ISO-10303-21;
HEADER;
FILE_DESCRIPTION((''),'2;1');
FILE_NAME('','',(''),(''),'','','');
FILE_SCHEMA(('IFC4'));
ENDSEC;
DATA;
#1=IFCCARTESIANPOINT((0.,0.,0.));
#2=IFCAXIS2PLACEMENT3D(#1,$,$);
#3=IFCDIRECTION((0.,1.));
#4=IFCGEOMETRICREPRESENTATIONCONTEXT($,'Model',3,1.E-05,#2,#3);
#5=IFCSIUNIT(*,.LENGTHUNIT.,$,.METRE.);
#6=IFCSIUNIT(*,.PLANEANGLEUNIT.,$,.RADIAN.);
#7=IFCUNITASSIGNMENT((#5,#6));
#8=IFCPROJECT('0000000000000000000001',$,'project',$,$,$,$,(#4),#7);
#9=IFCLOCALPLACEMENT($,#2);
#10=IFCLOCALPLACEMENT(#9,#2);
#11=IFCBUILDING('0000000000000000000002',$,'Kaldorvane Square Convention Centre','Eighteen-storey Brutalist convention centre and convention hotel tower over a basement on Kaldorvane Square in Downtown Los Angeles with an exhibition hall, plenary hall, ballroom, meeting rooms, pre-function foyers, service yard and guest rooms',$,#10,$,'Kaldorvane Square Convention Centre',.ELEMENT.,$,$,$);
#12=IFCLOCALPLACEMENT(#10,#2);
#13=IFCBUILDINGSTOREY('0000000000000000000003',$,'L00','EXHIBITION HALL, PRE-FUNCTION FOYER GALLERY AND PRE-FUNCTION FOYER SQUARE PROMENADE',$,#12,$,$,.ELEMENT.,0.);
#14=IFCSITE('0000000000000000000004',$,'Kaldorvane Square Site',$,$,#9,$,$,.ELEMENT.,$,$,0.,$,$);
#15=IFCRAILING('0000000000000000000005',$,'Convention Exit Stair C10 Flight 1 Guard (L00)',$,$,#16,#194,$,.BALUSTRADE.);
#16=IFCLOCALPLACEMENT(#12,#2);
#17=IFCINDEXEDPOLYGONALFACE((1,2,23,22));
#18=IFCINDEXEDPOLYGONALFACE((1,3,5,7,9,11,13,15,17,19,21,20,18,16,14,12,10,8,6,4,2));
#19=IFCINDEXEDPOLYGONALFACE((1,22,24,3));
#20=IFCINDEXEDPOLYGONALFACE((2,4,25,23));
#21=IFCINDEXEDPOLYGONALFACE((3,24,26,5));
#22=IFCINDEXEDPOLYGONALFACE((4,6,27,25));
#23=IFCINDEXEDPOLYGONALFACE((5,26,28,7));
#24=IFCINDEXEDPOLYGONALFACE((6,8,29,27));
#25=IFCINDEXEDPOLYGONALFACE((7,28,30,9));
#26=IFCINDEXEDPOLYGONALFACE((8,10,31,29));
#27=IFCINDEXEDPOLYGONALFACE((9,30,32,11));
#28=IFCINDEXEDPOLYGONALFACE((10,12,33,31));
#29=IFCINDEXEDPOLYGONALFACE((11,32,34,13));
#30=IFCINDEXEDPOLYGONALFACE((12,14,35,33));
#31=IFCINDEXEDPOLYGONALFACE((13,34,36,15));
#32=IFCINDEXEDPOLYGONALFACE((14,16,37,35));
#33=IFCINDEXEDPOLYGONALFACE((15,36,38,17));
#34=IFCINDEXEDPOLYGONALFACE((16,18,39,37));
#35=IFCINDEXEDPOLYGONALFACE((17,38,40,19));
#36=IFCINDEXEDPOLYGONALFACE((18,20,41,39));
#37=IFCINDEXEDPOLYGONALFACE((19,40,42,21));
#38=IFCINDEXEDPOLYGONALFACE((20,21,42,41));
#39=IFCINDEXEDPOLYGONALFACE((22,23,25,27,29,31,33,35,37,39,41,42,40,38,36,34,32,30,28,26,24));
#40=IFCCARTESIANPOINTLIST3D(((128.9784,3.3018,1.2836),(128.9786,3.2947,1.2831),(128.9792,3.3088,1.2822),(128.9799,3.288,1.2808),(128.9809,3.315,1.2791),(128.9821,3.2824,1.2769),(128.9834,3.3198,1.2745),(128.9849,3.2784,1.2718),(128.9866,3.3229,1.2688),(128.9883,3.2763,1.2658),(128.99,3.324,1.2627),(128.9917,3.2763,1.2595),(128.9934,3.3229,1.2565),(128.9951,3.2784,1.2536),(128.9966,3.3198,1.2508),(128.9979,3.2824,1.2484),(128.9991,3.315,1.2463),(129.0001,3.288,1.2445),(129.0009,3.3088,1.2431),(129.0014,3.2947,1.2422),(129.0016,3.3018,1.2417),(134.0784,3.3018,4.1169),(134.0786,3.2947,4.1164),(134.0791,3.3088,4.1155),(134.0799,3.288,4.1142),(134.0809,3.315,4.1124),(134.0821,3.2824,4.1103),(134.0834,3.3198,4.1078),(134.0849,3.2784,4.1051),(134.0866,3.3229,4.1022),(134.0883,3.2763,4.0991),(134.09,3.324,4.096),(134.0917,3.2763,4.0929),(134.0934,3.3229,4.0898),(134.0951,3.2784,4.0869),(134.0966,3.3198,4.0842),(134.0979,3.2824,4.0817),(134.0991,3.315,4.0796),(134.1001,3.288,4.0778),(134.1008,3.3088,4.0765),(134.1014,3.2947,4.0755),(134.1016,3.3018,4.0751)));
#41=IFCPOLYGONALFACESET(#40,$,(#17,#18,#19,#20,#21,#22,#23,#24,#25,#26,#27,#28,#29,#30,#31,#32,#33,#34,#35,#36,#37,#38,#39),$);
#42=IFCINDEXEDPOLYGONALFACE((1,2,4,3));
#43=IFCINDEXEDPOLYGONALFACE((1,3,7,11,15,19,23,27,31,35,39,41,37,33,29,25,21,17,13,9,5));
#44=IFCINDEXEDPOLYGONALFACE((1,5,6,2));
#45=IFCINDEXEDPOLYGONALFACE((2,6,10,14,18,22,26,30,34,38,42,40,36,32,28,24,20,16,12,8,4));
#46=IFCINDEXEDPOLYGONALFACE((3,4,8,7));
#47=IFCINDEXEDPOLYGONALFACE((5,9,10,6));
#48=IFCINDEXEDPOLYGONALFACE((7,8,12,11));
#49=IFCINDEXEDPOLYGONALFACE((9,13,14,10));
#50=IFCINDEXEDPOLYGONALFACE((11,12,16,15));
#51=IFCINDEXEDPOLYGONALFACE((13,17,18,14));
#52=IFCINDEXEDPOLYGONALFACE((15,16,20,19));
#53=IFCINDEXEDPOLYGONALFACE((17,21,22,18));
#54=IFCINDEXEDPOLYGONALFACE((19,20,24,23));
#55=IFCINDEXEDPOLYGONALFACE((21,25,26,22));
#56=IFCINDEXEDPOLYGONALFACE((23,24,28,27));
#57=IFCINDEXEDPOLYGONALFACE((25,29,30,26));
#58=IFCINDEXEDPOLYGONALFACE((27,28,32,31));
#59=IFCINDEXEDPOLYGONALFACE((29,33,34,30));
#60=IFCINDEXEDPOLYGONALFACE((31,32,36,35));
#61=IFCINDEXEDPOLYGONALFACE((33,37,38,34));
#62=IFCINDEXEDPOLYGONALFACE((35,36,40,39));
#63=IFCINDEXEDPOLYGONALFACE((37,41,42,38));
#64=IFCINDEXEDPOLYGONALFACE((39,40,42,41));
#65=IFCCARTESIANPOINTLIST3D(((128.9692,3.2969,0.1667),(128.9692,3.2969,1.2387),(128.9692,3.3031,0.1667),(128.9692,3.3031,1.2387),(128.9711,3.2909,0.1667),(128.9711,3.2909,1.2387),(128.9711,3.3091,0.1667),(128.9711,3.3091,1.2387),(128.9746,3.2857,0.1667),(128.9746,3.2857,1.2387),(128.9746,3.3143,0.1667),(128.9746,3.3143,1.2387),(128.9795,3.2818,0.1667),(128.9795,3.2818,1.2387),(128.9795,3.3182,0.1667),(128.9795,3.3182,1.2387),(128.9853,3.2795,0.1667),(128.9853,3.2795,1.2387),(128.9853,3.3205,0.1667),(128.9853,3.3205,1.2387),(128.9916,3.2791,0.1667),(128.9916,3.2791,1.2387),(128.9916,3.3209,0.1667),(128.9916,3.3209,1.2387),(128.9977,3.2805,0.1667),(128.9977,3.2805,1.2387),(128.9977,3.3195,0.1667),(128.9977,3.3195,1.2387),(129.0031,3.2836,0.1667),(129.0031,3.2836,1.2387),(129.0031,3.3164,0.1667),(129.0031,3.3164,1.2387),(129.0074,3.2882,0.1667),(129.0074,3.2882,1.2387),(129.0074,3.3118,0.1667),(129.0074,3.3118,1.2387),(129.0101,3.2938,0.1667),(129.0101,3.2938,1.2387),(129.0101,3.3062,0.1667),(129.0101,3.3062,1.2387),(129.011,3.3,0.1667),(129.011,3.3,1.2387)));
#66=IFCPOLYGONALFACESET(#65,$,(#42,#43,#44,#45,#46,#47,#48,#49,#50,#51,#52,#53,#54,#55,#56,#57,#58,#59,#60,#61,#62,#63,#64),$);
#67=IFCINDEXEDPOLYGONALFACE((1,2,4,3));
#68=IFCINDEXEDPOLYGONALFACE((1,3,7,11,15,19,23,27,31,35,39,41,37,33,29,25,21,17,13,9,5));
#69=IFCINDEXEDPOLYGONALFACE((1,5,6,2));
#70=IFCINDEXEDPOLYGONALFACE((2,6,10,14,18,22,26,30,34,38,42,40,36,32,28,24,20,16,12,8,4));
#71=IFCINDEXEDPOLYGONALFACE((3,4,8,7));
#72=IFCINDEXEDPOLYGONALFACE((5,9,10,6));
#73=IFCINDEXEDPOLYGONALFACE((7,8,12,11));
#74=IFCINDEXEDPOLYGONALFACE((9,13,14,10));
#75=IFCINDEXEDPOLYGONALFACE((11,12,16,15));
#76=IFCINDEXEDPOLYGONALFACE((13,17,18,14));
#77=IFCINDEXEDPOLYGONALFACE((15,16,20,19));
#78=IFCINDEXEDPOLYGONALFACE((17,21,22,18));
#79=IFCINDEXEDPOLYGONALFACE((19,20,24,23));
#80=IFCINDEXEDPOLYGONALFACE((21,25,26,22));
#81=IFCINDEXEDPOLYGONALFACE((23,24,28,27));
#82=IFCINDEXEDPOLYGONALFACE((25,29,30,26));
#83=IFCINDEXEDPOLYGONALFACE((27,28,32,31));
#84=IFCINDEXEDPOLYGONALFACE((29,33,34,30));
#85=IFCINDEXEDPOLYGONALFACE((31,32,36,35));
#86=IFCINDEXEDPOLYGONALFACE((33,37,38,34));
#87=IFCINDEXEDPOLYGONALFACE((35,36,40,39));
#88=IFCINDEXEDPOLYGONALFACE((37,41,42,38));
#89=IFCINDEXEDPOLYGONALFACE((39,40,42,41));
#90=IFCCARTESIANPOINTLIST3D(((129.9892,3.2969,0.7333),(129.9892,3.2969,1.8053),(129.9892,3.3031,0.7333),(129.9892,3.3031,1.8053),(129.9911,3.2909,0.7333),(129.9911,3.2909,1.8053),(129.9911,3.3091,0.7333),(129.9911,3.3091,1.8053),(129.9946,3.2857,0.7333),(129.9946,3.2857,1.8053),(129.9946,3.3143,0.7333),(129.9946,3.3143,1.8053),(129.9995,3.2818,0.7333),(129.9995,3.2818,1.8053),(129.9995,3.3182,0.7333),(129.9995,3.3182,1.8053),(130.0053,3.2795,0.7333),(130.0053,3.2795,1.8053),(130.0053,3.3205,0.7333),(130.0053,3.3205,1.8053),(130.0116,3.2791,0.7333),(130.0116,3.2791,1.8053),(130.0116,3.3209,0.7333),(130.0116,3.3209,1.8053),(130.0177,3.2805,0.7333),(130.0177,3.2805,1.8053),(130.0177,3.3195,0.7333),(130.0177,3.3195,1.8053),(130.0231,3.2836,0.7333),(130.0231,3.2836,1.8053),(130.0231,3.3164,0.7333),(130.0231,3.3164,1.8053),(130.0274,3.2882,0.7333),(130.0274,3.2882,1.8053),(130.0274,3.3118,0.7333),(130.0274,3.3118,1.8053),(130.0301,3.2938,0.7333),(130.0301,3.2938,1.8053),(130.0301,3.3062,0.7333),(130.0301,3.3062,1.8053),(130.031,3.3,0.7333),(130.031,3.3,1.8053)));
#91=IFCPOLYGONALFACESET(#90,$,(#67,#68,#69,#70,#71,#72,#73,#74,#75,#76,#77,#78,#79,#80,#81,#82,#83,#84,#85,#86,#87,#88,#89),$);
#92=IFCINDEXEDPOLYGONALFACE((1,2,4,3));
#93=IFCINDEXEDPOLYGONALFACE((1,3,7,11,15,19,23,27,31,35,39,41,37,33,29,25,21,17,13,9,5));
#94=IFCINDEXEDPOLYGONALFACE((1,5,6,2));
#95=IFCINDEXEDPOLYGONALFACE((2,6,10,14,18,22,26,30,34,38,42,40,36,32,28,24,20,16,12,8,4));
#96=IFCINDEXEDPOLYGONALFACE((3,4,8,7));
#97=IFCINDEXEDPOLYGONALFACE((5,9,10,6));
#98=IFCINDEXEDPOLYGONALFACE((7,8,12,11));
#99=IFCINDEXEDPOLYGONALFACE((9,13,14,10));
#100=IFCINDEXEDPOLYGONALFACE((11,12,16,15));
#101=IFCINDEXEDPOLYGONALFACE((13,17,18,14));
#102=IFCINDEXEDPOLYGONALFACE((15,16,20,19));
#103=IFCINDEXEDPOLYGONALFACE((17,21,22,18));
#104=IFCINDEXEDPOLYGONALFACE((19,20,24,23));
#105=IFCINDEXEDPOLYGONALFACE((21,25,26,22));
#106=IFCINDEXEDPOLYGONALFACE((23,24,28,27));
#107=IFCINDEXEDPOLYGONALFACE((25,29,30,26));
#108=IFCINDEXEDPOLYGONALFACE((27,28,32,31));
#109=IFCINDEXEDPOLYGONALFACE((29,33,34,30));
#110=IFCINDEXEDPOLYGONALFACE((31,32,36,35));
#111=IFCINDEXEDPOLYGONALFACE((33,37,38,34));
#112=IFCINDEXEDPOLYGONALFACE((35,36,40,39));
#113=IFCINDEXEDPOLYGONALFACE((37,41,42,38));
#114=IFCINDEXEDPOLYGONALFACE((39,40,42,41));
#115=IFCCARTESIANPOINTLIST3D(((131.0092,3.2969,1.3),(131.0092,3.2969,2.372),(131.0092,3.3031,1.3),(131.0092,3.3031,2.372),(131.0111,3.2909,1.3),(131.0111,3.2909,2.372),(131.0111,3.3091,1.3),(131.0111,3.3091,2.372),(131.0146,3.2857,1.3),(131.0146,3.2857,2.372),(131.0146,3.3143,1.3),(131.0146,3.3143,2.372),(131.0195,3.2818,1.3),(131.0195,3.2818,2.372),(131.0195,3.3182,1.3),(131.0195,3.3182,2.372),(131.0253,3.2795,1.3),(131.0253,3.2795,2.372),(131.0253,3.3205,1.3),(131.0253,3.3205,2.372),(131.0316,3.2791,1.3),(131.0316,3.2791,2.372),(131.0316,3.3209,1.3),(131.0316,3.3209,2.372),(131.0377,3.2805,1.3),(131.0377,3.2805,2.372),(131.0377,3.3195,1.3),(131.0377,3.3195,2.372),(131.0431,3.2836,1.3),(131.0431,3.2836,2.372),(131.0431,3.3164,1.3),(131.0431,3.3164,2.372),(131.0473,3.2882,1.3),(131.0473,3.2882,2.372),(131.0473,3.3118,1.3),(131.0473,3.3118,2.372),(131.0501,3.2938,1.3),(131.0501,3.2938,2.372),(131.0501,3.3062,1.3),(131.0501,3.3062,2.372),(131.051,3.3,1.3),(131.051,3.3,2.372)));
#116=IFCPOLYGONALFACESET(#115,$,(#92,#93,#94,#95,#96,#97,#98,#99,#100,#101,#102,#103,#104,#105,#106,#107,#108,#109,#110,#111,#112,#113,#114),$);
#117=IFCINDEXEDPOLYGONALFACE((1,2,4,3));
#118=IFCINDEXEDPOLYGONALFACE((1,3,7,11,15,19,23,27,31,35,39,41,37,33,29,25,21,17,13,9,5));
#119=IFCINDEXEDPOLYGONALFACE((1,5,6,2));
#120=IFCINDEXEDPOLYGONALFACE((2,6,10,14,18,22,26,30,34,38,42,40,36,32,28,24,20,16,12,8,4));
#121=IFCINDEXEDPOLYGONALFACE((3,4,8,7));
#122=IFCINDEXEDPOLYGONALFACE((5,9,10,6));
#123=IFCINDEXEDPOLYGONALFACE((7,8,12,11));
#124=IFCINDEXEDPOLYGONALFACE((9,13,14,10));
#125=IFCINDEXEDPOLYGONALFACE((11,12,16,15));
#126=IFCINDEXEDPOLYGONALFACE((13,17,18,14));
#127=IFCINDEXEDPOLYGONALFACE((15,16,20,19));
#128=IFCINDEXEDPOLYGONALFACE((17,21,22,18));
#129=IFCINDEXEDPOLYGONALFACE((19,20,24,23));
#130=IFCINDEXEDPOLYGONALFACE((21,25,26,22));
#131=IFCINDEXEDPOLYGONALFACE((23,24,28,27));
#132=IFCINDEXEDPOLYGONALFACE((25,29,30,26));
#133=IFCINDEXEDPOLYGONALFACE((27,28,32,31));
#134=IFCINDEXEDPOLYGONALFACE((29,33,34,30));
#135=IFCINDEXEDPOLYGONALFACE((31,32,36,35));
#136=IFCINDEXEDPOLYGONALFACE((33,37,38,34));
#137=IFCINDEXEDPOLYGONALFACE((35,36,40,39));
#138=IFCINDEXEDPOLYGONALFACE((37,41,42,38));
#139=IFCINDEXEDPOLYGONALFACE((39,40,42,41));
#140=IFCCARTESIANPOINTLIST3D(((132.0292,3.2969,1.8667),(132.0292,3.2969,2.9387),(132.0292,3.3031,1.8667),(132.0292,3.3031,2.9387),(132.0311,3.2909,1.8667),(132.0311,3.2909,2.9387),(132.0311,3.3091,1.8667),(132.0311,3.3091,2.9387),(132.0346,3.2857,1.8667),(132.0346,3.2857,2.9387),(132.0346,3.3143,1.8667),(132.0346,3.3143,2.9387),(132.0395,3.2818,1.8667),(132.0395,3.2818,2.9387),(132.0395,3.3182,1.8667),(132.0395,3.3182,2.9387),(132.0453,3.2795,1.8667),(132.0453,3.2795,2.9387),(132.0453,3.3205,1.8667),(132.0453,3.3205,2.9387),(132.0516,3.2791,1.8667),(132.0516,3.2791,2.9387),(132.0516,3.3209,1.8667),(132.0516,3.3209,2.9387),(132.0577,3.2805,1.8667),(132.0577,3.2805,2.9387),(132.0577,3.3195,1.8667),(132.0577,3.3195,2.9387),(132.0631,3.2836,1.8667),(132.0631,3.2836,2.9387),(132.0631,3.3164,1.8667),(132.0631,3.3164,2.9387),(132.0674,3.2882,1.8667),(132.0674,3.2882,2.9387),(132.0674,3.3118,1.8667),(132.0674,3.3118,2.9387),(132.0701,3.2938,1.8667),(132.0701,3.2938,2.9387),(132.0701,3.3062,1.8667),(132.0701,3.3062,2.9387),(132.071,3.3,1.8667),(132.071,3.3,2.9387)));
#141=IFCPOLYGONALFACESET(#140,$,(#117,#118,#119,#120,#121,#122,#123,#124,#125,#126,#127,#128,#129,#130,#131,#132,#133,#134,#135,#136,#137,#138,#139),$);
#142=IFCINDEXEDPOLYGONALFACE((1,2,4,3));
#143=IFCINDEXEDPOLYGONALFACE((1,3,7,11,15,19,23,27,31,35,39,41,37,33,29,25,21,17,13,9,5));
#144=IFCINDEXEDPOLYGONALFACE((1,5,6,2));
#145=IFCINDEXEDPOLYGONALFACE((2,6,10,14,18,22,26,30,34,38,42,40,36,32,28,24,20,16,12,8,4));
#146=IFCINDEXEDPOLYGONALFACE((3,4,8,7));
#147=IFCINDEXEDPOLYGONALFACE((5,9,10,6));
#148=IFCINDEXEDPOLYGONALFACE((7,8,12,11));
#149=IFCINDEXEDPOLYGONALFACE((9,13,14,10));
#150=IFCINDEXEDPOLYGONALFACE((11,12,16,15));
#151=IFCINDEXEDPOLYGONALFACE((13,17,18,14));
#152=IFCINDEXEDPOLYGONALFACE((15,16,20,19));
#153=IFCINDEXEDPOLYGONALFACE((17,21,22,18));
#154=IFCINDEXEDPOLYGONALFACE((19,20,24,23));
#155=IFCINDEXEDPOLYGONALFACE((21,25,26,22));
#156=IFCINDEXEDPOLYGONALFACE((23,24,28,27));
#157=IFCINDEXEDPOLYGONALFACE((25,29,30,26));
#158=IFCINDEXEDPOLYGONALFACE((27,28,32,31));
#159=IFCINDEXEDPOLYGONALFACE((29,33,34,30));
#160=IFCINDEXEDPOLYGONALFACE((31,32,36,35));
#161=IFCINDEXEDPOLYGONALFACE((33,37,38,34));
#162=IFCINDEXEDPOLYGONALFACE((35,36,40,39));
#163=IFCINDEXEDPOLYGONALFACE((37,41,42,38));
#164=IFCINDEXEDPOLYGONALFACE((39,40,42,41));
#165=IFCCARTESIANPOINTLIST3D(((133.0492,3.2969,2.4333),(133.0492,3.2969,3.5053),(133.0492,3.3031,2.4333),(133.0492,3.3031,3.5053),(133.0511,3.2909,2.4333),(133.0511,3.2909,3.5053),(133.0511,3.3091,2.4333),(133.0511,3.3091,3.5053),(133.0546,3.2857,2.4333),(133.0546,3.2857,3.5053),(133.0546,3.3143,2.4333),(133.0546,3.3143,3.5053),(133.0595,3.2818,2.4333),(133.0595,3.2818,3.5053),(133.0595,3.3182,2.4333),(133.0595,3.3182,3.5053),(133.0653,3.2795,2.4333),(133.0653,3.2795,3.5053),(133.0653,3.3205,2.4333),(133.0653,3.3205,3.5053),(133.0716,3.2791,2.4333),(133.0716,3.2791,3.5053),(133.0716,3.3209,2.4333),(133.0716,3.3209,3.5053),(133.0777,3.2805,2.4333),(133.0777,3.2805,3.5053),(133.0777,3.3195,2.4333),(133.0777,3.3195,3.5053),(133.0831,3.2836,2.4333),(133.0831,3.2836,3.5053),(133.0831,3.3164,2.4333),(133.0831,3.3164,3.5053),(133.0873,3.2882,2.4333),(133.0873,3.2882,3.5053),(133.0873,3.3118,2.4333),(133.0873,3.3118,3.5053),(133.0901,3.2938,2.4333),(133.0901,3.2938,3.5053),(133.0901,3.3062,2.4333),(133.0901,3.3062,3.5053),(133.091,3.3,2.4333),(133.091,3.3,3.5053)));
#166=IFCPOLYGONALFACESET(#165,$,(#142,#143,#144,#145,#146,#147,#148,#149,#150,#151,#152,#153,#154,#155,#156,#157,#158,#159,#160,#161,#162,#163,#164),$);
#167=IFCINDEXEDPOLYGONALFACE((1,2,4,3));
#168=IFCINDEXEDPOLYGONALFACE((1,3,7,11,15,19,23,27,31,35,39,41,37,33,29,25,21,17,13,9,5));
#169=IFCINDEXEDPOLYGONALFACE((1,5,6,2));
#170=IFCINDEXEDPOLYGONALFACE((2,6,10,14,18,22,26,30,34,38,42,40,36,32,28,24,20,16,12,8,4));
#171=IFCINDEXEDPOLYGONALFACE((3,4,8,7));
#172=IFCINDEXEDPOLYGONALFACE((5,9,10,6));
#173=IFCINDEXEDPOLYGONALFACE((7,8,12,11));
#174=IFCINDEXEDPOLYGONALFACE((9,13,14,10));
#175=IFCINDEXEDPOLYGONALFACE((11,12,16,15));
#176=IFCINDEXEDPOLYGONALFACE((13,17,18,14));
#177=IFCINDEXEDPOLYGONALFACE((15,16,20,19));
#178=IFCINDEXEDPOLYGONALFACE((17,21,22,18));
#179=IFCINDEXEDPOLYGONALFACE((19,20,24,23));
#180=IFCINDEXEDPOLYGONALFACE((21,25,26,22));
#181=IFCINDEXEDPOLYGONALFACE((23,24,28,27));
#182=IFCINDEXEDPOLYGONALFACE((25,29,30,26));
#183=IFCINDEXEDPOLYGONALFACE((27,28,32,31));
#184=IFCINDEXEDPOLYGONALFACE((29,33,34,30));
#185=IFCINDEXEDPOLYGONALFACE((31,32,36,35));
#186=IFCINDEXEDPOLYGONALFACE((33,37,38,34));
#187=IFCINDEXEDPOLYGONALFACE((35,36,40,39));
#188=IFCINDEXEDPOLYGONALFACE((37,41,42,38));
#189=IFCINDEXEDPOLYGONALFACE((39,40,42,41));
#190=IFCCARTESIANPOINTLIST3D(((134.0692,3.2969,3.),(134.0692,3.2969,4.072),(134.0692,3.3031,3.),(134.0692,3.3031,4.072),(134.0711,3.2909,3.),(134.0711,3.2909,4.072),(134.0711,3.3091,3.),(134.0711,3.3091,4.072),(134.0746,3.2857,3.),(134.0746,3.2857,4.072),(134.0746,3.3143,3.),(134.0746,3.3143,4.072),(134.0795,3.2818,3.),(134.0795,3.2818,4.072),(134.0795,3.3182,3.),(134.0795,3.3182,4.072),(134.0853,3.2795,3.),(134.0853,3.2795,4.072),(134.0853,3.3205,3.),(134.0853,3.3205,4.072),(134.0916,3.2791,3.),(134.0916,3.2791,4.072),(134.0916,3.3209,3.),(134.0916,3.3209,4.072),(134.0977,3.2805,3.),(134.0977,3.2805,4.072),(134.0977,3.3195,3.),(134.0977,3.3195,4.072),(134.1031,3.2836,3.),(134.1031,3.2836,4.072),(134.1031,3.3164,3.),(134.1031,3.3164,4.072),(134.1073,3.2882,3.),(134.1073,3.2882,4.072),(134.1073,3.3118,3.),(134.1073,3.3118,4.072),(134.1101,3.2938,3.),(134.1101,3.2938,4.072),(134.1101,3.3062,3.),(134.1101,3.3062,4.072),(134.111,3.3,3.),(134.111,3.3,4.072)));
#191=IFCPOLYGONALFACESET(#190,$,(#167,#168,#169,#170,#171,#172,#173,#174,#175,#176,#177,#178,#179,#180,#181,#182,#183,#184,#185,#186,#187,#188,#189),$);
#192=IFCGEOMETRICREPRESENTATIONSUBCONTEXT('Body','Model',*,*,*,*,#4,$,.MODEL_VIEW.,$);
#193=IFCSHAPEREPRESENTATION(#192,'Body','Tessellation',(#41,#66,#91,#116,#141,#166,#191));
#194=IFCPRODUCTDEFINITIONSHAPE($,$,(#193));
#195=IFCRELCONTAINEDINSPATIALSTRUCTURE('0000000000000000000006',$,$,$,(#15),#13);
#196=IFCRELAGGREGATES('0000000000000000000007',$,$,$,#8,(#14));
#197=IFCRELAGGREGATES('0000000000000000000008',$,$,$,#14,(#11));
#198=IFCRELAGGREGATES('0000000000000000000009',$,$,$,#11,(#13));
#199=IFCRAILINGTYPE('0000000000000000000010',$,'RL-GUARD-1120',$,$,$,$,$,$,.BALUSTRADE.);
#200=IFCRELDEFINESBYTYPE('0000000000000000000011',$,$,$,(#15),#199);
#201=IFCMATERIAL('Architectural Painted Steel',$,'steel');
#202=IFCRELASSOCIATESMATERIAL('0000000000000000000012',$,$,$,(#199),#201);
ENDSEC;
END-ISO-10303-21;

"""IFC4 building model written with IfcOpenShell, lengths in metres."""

from ifc_helpers import new_model, si_unit, direction, frame, origin, origin_2d, place, context, subcontext, project, spatial, circle, extrude, material, type_object, element, save


model = new_model("IFC4")

# Units and contexts
model_context = context("Model", 3, precision=1e-05, world=origin(), true_north=direction((0.0, 1.0)))
body_context = subcontext(model_context, "Body", "Model", "MODEL_VIEW")
ifc_project = project(units=[si_unit("LENGTHUNIT", "METRE"), si_unit("PLANEANGLEUNIT", "RADIAN")], contexts=[model_context])

# Site, building, storey
site_placement = place(None, origin())
site = spatial("IfcSite", under=ifc_project, at=site_placement, Name="Kaldorvane Square Site", CompositionType="ELEMENT", RefElevation=0.0)
building_placement = place(site_placement, origin())
building = spatial("IfcBuilding", under=site, at=building_placement, Name="Kaldorvane Square Convention Centre", Description="Eighteen-storey Brutalist convention centre and convention hotel tower over a basement on Kaldorvane Square in Downtown Los Angeles with an exhibition hall, plenary hall, ballroom, meeting rooms, pre-function foyers, service yard and guest rooms", LongName="Kaldorvane Square Convention Centre", CompositionType="ELEMENT")
storey_placement = place(building_placement, origin())
storey = spatial("IfcBuildingStorey", under=building, at=storey_placement, Name="L00", Description="EXHIBITION HALL, PRE-FUNCTION FOYER GALLERY AND PRE-FUNCTION FOYER SQUARE PROMENADE", CompositionType="ELEMENT", Elevation=0.0)

# Railing
ifc_material_1 = material(Name="Architectural Painted Steel", Category="steel")
railing_type_1 = type_object("IfcRailingType", Name="RL-GUARD-1120", PredefinedType="BALUSTRADE", material=ifc_material_1)
railing_1_placement = place(storey_placement, frame((128.99, 3.3, 0.1667)))
element("IfcRailing", 1, at=railing_1_placement, inside=storey, type_object=railing_type_1, Name="Convention Exit Stair C10 Flight 1 Guard (L00)", PredefinedType="BALUSTRADE", context=body_context, shape_type="SweptSolid", body=[
    extrude(circle(Radius=0.024, at=origin_2d()), frame((0.0, 0.0, 1.096), z_axis=(0.874157, 0.0, 0.485643), x_axis=(0.0, 1.0, 0.0)), (0.0, 0.0, 1.0), 5.8342),
    extrude(circle(Radius=0.021, at=origin_2d()), origin(), (0.0, 0.0, 1.0), 1.072),
    extrude(circle(Radius=0.021, at=origin_2d()), frame((1.02, 0.0, 0.5667)), (0.0, 0.0, 1.0), 1.072),
    extrude(circle(Radius=0.021, at=origin_2d()), frame((2.04, 0.0, 1.1333)), (0.0, 0.0, 1.0), 1.072),
    extrude(circle(Radius=0.021, at=origin_2d()), frame((3.06, 0.0, 1.7)), (0.0, 0.0, 1.0), 1.072),
    extrude(circle(Radius=0.021, at=origin_2d()), frame((4.08, 0.0, 2.2667)), (0.0, 0.0, 1.0), 1.072),
    extrude(circle(Radius=0.021, at=origin_2d()), frame((5.1, 0.0, 2.8333)), (0.0, 0.0, 1.0), 1.072),
])

save(model, "model.ifc")
